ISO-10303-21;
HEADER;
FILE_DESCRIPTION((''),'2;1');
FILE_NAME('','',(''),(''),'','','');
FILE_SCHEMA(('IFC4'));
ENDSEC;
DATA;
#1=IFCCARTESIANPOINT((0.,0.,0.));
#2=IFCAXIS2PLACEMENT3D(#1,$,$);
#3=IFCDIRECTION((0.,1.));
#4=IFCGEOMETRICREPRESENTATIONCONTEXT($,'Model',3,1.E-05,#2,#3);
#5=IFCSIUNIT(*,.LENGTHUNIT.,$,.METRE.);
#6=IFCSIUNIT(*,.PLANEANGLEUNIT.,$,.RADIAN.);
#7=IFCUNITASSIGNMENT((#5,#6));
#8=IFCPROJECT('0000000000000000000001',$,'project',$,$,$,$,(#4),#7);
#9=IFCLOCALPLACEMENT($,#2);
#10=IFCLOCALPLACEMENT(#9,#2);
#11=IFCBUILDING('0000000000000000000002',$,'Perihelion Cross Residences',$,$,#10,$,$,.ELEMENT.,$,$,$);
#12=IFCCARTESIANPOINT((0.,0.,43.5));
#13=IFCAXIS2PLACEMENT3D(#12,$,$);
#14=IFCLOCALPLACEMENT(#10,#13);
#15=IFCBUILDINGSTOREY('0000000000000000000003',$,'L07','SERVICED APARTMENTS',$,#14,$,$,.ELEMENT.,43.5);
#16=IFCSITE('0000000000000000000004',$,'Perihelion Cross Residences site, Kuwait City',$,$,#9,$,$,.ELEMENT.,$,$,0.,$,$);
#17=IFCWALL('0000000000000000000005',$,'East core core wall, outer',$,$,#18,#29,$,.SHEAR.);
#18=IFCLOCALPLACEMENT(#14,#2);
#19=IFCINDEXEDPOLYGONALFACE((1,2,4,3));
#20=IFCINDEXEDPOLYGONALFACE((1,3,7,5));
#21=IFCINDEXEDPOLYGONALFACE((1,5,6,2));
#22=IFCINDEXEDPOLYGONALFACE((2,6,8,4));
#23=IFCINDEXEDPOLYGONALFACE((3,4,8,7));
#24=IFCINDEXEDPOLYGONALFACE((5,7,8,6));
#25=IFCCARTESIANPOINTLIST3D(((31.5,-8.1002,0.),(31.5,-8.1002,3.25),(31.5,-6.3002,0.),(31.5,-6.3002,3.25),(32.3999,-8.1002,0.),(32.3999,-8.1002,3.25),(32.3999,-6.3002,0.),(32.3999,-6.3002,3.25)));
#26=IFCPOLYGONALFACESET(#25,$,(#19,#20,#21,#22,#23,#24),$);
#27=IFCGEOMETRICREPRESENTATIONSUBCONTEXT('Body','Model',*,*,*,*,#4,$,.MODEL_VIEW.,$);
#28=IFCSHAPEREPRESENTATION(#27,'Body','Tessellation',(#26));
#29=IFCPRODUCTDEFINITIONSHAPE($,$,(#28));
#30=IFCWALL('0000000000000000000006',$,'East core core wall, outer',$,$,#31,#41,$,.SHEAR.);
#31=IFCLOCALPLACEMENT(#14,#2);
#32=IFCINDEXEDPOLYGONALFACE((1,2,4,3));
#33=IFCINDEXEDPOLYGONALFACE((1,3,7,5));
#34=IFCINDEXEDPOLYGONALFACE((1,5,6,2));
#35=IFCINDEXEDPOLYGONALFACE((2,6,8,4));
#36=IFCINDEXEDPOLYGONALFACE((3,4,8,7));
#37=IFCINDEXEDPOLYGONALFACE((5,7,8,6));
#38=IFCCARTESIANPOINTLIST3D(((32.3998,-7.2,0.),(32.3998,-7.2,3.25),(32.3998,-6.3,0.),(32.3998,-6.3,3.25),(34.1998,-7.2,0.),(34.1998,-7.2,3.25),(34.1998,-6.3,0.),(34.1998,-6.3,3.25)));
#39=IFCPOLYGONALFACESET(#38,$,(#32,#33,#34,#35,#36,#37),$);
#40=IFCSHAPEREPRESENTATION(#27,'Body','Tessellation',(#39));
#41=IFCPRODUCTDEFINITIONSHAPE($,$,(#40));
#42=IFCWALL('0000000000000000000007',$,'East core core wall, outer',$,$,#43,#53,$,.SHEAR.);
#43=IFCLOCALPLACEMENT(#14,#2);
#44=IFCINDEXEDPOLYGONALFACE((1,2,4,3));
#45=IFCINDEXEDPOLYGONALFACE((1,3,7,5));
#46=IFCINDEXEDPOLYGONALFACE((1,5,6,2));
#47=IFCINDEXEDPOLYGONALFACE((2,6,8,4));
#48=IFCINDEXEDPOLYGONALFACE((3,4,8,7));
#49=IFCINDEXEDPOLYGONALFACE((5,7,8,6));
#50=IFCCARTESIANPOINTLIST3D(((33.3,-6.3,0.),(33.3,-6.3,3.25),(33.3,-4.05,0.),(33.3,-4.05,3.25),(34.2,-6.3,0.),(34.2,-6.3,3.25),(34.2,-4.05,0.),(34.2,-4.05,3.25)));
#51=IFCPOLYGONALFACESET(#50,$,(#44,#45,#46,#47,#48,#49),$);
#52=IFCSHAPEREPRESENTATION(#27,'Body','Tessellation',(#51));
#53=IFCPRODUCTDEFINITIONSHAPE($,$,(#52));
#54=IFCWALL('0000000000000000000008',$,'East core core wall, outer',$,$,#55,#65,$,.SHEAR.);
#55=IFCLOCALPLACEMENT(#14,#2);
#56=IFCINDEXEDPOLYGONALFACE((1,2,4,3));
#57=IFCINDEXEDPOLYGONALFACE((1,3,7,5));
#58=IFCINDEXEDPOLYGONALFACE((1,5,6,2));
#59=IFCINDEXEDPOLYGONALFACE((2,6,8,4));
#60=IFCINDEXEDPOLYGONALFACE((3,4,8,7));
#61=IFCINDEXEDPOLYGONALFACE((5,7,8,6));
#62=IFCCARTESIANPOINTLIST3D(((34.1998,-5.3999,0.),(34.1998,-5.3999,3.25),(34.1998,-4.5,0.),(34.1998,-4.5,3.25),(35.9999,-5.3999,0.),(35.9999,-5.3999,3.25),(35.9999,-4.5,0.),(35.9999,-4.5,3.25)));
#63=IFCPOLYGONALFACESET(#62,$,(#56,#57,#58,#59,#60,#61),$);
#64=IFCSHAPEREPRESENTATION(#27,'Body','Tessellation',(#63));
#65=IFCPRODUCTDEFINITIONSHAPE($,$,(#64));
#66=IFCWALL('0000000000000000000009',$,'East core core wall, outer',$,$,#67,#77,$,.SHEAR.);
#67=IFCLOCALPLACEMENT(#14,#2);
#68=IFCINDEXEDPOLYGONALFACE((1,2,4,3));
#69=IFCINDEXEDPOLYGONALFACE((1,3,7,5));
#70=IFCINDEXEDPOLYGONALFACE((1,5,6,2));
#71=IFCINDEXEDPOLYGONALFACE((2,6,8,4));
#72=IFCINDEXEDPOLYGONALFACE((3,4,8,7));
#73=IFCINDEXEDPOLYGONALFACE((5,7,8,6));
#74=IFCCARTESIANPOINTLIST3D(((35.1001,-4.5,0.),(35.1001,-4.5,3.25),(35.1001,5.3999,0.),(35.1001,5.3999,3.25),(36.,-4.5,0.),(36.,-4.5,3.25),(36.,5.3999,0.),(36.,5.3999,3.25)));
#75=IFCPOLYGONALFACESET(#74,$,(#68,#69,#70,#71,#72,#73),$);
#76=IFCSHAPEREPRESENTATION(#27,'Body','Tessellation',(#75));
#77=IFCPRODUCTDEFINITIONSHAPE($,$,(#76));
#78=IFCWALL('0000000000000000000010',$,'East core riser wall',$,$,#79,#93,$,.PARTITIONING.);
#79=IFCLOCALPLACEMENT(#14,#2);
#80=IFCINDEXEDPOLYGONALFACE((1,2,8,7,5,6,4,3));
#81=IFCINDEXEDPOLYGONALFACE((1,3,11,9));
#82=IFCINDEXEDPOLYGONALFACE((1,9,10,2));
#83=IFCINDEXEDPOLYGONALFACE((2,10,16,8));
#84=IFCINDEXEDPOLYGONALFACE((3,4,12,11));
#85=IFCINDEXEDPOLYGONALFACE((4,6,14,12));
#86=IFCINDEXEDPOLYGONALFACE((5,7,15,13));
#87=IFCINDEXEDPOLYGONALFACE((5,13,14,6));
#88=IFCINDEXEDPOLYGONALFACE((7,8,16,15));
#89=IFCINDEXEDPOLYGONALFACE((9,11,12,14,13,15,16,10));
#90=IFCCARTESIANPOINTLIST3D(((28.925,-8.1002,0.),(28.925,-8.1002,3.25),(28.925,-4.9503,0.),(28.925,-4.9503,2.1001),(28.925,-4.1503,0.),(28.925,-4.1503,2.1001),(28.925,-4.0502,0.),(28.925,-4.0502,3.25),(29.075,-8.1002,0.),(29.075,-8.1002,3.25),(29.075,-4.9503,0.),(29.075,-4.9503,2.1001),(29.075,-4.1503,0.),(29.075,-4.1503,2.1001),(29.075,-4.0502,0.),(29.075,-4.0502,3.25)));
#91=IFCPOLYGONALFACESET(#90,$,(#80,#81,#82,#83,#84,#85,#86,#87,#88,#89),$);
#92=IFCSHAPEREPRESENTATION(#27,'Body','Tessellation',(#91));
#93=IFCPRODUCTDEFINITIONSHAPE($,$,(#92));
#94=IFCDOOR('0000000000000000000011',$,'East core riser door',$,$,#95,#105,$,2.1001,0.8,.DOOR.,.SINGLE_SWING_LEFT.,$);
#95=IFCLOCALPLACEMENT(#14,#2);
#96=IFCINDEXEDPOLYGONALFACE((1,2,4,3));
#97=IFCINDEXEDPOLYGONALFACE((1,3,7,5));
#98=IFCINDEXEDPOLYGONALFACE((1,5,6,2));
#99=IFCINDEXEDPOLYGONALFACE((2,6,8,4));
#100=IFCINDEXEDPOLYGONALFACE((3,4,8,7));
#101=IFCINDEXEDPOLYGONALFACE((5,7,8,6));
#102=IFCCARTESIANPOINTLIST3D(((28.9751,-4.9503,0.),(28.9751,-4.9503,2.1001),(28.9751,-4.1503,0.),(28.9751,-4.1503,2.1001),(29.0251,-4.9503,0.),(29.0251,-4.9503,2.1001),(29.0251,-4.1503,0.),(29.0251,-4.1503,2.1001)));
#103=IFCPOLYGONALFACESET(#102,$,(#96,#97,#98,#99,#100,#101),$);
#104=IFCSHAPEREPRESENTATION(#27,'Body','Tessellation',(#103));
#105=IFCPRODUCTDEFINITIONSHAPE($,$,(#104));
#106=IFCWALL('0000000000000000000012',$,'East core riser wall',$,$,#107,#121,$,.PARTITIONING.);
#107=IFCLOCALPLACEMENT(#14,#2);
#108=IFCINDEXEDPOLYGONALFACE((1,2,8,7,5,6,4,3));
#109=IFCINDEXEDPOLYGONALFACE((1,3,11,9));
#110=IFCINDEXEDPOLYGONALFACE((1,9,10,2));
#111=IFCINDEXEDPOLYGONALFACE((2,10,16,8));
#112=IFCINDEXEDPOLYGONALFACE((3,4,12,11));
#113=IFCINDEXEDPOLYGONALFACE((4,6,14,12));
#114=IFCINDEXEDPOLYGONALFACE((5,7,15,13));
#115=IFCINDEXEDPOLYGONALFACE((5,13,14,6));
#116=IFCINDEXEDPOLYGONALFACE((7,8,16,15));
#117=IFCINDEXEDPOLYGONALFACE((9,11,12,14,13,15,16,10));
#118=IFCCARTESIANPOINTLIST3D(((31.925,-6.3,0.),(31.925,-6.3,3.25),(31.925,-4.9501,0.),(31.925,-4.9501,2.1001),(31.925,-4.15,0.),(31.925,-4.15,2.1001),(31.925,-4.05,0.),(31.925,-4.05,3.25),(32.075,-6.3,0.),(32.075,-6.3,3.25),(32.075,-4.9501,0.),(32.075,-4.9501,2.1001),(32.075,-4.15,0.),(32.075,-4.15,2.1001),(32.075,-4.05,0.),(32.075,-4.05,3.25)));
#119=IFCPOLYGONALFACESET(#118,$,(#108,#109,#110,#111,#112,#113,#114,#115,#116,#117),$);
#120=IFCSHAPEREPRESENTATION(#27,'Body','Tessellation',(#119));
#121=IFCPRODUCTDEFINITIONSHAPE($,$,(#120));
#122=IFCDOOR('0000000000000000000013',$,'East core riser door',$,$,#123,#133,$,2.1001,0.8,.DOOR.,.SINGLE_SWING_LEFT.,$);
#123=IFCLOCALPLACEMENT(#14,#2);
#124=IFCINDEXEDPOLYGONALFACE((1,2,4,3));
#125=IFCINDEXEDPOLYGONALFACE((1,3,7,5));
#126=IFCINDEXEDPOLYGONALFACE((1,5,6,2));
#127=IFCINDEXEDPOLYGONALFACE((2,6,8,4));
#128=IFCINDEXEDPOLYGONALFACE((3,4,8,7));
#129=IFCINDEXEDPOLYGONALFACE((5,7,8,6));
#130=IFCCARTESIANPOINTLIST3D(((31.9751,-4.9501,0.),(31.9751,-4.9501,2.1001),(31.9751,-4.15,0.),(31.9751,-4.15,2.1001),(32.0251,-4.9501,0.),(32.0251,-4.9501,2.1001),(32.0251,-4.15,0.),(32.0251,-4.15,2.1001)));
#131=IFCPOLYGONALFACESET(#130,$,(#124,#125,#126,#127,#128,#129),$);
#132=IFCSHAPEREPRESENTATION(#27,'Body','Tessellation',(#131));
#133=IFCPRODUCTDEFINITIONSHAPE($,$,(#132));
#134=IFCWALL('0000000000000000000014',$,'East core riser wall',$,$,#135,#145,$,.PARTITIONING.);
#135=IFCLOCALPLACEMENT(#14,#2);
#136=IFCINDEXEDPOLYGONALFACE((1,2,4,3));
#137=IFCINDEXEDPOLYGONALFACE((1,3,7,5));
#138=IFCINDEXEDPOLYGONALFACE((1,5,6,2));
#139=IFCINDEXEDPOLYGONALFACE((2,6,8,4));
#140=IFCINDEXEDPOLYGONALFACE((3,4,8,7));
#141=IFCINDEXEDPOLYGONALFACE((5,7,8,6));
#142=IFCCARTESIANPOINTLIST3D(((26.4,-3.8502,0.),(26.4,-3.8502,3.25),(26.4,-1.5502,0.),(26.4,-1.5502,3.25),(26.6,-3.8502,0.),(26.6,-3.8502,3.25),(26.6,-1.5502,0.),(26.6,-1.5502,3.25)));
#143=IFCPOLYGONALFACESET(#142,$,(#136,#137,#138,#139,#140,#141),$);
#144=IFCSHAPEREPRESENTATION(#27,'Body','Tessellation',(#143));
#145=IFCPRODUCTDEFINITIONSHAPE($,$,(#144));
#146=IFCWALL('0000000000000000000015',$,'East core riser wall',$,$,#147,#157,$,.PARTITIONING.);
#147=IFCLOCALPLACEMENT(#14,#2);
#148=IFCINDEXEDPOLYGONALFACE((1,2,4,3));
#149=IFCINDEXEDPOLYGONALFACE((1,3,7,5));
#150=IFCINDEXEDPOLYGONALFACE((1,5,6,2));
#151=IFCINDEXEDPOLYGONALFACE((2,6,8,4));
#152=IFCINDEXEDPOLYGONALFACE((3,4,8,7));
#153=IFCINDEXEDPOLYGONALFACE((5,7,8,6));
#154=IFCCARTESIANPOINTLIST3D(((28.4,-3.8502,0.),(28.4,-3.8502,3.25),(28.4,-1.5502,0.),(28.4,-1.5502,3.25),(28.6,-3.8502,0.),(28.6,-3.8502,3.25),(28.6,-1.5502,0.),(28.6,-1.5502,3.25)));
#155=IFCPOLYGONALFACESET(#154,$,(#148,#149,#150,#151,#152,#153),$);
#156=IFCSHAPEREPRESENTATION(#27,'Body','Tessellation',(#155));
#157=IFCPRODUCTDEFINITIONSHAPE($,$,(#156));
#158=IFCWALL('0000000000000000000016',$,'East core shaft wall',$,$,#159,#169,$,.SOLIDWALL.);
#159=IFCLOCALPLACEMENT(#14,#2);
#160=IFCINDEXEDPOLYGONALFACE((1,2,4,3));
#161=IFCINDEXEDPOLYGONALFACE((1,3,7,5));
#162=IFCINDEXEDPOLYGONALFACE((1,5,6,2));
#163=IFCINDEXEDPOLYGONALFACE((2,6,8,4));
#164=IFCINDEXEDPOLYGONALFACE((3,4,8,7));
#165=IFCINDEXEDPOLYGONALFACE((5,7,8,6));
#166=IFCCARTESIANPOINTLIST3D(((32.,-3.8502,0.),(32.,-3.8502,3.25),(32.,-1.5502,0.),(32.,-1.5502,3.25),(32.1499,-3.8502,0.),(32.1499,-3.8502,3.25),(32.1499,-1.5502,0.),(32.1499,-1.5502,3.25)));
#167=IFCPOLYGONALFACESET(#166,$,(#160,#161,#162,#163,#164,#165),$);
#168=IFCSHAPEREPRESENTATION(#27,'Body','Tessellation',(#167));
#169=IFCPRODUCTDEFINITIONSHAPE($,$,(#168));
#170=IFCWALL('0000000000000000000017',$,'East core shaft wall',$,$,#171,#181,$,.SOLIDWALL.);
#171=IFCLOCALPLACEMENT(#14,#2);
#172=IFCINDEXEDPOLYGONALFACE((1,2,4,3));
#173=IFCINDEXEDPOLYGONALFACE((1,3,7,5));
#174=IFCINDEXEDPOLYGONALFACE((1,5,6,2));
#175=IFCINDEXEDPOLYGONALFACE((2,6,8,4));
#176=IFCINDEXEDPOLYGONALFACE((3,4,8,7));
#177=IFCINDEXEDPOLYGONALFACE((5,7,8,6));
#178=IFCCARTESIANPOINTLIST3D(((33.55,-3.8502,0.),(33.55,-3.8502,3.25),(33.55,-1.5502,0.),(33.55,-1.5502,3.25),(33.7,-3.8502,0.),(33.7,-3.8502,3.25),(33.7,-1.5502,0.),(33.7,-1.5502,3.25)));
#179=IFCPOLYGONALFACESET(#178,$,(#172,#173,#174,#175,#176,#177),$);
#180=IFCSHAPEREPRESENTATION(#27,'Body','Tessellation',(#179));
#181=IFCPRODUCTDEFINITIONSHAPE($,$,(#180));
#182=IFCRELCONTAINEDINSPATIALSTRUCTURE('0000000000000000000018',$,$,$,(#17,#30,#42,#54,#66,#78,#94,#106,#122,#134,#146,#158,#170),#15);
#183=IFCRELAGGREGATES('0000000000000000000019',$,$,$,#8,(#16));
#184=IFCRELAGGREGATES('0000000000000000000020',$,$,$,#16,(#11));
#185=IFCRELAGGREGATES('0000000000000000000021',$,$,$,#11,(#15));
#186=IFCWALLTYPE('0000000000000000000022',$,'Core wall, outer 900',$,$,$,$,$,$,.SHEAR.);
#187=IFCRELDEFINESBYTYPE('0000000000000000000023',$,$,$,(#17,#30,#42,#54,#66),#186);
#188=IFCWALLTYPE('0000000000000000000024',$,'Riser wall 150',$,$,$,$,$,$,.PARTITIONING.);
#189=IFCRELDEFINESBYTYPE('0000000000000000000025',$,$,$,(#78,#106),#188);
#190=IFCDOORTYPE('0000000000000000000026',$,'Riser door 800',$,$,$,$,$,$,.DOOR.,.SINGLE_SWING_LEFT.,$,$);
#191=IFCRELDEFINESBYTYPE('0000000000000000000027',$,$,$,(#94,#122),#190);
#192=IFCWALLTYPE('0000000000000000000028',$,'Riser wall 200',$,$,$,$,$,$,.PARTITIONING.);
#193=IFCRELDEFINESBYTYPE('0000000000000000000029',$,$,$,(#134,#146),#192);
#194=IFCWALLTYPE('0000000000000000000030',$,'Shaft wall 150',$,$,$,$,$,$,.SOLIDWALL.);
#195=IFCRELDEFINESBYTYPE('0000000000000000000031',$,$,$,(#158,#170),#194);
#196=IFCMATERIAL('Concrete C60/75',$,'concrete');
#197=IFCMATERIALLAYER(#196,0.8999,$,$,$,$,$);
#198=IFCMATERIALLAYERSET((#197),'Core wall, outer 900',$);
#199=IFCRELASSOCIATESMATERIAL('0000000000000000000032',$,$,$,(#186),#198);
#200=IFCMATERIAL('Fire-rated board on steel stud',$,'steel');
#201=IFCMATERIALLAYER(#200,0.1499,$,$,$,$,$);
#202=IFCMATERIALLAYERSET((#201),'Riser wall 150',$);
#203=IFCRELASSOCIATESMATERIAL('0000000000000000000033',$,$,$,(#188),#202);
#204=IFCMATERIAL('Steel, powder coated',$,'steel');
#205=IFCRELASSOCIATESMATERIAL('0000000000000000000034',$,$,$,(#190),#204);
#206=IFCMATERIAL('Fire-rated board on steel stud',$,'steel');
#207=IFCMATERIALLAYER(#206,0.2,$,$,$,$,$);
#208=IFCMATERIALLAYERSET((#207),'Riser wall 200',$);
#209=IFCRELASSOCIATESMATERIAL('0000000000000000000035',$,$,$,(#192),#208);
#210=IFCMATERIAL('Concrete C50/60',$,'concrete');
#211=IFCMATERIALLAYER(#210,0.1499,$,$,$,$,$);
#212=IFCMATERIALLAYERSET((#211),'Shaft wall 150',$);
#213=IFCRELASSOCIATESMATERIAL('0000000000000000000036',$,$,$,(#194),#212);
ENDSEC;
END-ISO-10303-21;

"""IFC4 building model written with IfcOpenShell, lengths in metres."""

from ifc_helpers import new_model, si_unit, direction, frame, frame_2d, origin, place, context, subcontext, project, spatial, rectangle, extrude, material, layer, layer_set, type_object, element, fill, save


model = new_model("IFC4")

# Units and contexts
model_context = context("Model", 3, precision=1e-05, world=origin(), true_north=direction((0.0, 1.0)))
body_context = subcontext(model_context, "Body", "Model", "MODEL_VIEW")
ifc_project = project(units=[si_unit("LENGTHUNIT", "METRE"), si_unit("PLANEANGLEUNIT", "RADIAN")], contexts=[model_context])

# Site, building, storey
site_placement = place(None, origin())
site = spatial("IfcSite", under=ifc_project, at=site_placement, Name="Perihelion Cross Residences site, Kuwait City", CompositionType="ELEMENT", RefElevation=0.0)
building_placement = place(site_placement, origin())
building = spatial("IfcBuilding", under=site, at=building_placement, Name="Perihelion Cross Residences", CompositionType="ELEMENT")
storey_placement = place(building_placement, frame((0.0, 0.0, 43.5)))
storey = spatial("IfcBuildingStorey", under=building, at=storey_placement, Name="L07", Description="SERVICED APARTMENTS", CompositionType="ELEMENT", Elevation=43.5)

# Walls
ifc_material_1 = material(Name="Concrete C60/75", Category="concrete")
ifc_layer_1 = layer(ifc_material_1, 0.8999)
ifc_layer_set_1 = layer_set([ifc_layer_1], Name="Core wall, outer 900")
wall_type_1 = type_object("IfcWallType", Name="Core wall, outer 900", PredefinedType="SHEAR", material=ifc_layer_set_1)
for number, where, z_axis, x_axis, name in (
    (1, (31.95, -8.1001, 0.0), (0.0, 0.0, 1.0), (0.0, 1.0, 0.0), "East core core wall, outer"),
    (2, (32.3999, -6.75, 0.0), (0.0, 0.0, 1.0), (1.0, 0.0, 0.0), "East core core wall, outer"),
):
    element("IfcWall", number, at=place(storey_placement, frame(where, z_axis=z_axis, x_axis=x_axis)), inside=storey, type_object=wall_type_1, Name=name, PredefinedType="SHEAR", context=body_context, shape_type="SweptSolid", body=[
        extrude(rectangle(XDim=1.8, YDim=0.8999, at=frame_2d((0.8999, 0.0))), origin(), (0.0, 0.0, 1.0), 3.25),
    ])
wall_1_placement = place(storey_placement, frame((33.75, -6.3, 0.0), z_axis=(0.0, 0.0, 1.0), x_axis=(0.0, 1.0, 0.0)))
element("IfcWall", 3, at=wall_1_placement, inside=storey, type_object=wall_type_1, Name="East core core wall, outer", PredefinedType="SHEAR", context=body_context, shape_type="SweptSolid", body=[
    extrude(rectangle(XDim=2.25, YDim=0.8999, at=frame_2d((1.125, 0.0))), origin(), (0.0, 0.0, 1.0), 3.25),
])
wall_2_placement = place(storey_placement, frame((34.2, -4.95, 0.0), z_axis=(0.0, 0.0, 1.0), x_axis=(1.0, 0.0, 0.0)))
element("IfcWall", 4, at=wall_2_placement, inside=storey, type_object=wall_type_1, Name="East core core wall, outer", PredefinedType="SHEAR", context=body_context, shape_type="SweptSolid", body=[
    extrude(rectangle(XDim=1.8, YDim=0.8999, at=frame_2d((0.8999, 0.0))), origin(), (0.0, 0.0, 1.0), 3.25),
])
wall_3_placement = place(storey_placement, frame((35.55, -4.5, 0.0), z_axis=(0.0, 0.0, 1.0), x_axis=(0.0, 1.0, 0.0)))
element("IfcWall", 5, at=wall_3_placement, inside=storey, type_object=wall_type_1, Name="East core core wall, outer", PredefinedType="SHEAR", context=body_context, shape_type="SweptSolid", body=[
    extrude(rectangle(XDim=9.8999, YDim=0.8999, at=frame_2d((4.95, 0.0))), origin(), (0.0, 0.0, 1.0), 3.25),
])

# Walls, openings, doors
ifc_material_2 = material(Name="Fire-rated board on steel stud", Category="steel")
ifc_layer_2 = layer(ifc_material_2, 0.1499)
ifc_layer_set_2 = layer_set([ifc_layer_2], Name="Riser wall 150")
wall_type_2 = type_object("IfcWallType", Name="Riser wall 150", PredefinedType="PARTITIONING", material=ifc_layer_set_2)
wall_4_placement = place(storey_placement, frame((29.0, -8.1001, 0.0), z_axis=(0.0, 0.0, 1.0), x_axis=(0.0, 1.0, 0.0)))
wall_4 = element("IfcWall", 6, at=wall_4_placement, inside=storey, type_object=wall_type_2, Name="East core riser wall", PredefinedType="PARTITIONING", context=body_context, shape_type="SweptSolid", body=[
    extrude(rectangle(XDim=4.05, YDim=0.1499, at=frame_2d((2.0249, 0.0))), origin(), (0.0, 0.0, 1.0), 3.25),
])
opening_1_placement = place(wall_4_placement, frame((3.1499, 0.0, 0.0)))
opening_1 = element("IfcOpeningElement", 7, at=opening_1_placement, cuts=wall_4, PredefinedType="OPENING", context=body_context, shape_type="SweptSolid", body=[
    extrude(rectangle(XDim=0.8, YDim=2.1001, at=frame_2d((0.3999, 1.05))), frame((0.0, 0.085, 0.0), z_axis=(0.0, -1.0, 0.0), x_axis=(1.0, 0.0, 0.0)), (0.0, 0.0, 1.0), 0.1699),
])
ifc_material_3 = material(Name="Steel, powder coated", Category="steel")
door_type_1 = type_object("IfcDoorType", Name="Riser door 800", OperationType="SINGLE_SWING_LEFT", PredefinedType="DOOR", material=ifc_material_3)
door_1_placement = place(opening_1_placement, origin())
door_1 = element("IfcDoor", 8, at=door_1_placement, inside=storey, type_object=door_type_1, Name="East core riser door", OperationType="SINGLE_SWING_LEFT", OverallHeight=2.1001, OverallWidth=0.8, PredefinedType="DOOR", context=body_context, shape_type="SweptSolid", body=[
    extrude(rectangle(XDim=0.8, YDim=2.1001, at=frame_2d((0.3999, 1.05))), frame((0.0, 0.0249, 0.0), z_axis=(0.0, -1.0, 0.0), x_axis=(1.0, 0.0, 0.0)), (0.0, 0.0, 1.0), 0.05),
])
fill(opening_1, door_1)
wall_5_placement = place(storey_placement, frame((32.0, -6.3, 0.0), z_axis=(0.0, 0.0, 1.0), x_axis=(0.0, 1.0, 0.0)))
wall_5 = element("IfcWall", 9, at=wall_5_placement, inside=storey, type_object=wall_type_2, Name="East core riser wall", PredefinedType="PARTITIONING", context=body_context, shape_type="SweptSolid", body=[
    extrude(rectangle(XDim=2.25, YDim=0.1499, at=frame_2d((1.125, 0.0))), origin(), (0.0, 0.0, 1.0), 3.25),
])
opening_2_placement = place(wall_5_placement, frame((1.3501, 0.0, 0.0)))
opening_2 = element("IfcOpeningElement", 10, at=opening_2_placement, cuts=wall_5, PredefinedType="OPENING", context=body_context, shape_type="SweptSolid", body=[
    extrude(rectangle(XDim=0.8, YDim=2.1001, at=frame_2d((0.3999, 1.05))), frame((0.0, 0.085, 0.0), z_axis=(0.0, -1.0, 0.0), x_axis=(1.0, 0.0, 0.0)), (0.0, 0.0, 1.0), 0.1699),
])
door_2_placement = place(opening_2_placement, origin())
door_2 = element("IfcDoor", 11, at=door_2_placement, inside=storey, type_object=door_type_1, Name="East core riser door", OperationType="SINGLE_SWING_LEFT", OverallHeight=2.1001, OverallWidth=0.8, PredefinedType="DOOR", context=body_context, shape_type="SweptSolid", body=[
    extrude(rectangle(XDim=0.8, YDim=2.1001, at=frame_2d((0.3999, 1.05))), frame((0.0, 0.0249, 0.0), z_axis=(0.0, -1.0, 0.0), x_axis=(1.0, 0.0, 0.0)), (0.0, 0.0, 1.0), 0.05),
])
fill(opening_2, door_2)

# Walls
ifc_material_4 = material(Name="Fire-rated board on steel stud", Category="steel")
ifc_layer_3 = layer(ifc_material_4, 0.2)
ifc_layer_set_3 = layer_set([ifc_layer_3], Name="Riser wall 200")
wall_type_3 = type_object("IfcWallType", Name="Riser wall 200", PredefinedType="PARTITIONING", material=ifc_layer_set_3)
for number, where, z_axis, x_axis, name in (
    (12, (26.5, -3.8501, 0.0), (0.0, 0.0, 1.0), (0.0, 1.0, 0.0), "East core riser wall"),
    (13, (28.5, -3.8501, 0.0), (0.0, 0.0, 1.0), (0.0, 1.0, 0.0), "East core riser wall"),
):
    element("IfcWall", number, at=place(storey_placement, frame(where, z_axis=z_axis, x_axis=x_axis)), inside=storey, type_object=wall_type_3, Name=name, PredefinedType="PARTITIONING", context=body_context, shape_type="SweptSolid", body=[
        extrude(rectangle(XDim=2.3, YDim=0.2, at=frame_2d((1.1499, 0.0))), origin(), (0.0, 0.0, 1.0), 3.25),
    ])
ifc_material_5 = material(Name="Concrete C50/60", Category="concrete")
ifc_layer_4 = layer(ifc_material_5, 0.1499)
ifc_layer_set_4 = layer_set([ifc_layer_4], Name="Shaft wall 150")
wall_type_4 = type_object("IfcWallType", Name="Shaft wall 150", PredefinedType="SOLIDWALL", material=ifc_layer_set_4)
for number, where, z_axis, x_axis, name in (
    (14, (32.075, -3.8501, 0.0), (0.0, 0.0, 1.0), (0.0, 1.0, 0.0), "East core shaft wall"),
    (15, (33.625, -3.8501, 0.0), (0.0, 0.0, 1.0), (0.0, 1.0, 0.0), "East core shaft wall"),
):
    element("IfcWall", number, at=place(storey_placement, frame(where, z_axis=z_axis, x_axis=x_axis)), inside=storey, type_object=wall_type_4, Name=name, PredefinedType="SOLIDWALL", context=body_context, shape_type="SweptSolid", body=[
        extrude(rectangle(XDim=2.3, YDim=0.1499, at=frame_2d((1.1499, 0.0))), origin(), (0.0, 0.0, 1.0), 3.25),
    ])

save(model, "model.ifc")
